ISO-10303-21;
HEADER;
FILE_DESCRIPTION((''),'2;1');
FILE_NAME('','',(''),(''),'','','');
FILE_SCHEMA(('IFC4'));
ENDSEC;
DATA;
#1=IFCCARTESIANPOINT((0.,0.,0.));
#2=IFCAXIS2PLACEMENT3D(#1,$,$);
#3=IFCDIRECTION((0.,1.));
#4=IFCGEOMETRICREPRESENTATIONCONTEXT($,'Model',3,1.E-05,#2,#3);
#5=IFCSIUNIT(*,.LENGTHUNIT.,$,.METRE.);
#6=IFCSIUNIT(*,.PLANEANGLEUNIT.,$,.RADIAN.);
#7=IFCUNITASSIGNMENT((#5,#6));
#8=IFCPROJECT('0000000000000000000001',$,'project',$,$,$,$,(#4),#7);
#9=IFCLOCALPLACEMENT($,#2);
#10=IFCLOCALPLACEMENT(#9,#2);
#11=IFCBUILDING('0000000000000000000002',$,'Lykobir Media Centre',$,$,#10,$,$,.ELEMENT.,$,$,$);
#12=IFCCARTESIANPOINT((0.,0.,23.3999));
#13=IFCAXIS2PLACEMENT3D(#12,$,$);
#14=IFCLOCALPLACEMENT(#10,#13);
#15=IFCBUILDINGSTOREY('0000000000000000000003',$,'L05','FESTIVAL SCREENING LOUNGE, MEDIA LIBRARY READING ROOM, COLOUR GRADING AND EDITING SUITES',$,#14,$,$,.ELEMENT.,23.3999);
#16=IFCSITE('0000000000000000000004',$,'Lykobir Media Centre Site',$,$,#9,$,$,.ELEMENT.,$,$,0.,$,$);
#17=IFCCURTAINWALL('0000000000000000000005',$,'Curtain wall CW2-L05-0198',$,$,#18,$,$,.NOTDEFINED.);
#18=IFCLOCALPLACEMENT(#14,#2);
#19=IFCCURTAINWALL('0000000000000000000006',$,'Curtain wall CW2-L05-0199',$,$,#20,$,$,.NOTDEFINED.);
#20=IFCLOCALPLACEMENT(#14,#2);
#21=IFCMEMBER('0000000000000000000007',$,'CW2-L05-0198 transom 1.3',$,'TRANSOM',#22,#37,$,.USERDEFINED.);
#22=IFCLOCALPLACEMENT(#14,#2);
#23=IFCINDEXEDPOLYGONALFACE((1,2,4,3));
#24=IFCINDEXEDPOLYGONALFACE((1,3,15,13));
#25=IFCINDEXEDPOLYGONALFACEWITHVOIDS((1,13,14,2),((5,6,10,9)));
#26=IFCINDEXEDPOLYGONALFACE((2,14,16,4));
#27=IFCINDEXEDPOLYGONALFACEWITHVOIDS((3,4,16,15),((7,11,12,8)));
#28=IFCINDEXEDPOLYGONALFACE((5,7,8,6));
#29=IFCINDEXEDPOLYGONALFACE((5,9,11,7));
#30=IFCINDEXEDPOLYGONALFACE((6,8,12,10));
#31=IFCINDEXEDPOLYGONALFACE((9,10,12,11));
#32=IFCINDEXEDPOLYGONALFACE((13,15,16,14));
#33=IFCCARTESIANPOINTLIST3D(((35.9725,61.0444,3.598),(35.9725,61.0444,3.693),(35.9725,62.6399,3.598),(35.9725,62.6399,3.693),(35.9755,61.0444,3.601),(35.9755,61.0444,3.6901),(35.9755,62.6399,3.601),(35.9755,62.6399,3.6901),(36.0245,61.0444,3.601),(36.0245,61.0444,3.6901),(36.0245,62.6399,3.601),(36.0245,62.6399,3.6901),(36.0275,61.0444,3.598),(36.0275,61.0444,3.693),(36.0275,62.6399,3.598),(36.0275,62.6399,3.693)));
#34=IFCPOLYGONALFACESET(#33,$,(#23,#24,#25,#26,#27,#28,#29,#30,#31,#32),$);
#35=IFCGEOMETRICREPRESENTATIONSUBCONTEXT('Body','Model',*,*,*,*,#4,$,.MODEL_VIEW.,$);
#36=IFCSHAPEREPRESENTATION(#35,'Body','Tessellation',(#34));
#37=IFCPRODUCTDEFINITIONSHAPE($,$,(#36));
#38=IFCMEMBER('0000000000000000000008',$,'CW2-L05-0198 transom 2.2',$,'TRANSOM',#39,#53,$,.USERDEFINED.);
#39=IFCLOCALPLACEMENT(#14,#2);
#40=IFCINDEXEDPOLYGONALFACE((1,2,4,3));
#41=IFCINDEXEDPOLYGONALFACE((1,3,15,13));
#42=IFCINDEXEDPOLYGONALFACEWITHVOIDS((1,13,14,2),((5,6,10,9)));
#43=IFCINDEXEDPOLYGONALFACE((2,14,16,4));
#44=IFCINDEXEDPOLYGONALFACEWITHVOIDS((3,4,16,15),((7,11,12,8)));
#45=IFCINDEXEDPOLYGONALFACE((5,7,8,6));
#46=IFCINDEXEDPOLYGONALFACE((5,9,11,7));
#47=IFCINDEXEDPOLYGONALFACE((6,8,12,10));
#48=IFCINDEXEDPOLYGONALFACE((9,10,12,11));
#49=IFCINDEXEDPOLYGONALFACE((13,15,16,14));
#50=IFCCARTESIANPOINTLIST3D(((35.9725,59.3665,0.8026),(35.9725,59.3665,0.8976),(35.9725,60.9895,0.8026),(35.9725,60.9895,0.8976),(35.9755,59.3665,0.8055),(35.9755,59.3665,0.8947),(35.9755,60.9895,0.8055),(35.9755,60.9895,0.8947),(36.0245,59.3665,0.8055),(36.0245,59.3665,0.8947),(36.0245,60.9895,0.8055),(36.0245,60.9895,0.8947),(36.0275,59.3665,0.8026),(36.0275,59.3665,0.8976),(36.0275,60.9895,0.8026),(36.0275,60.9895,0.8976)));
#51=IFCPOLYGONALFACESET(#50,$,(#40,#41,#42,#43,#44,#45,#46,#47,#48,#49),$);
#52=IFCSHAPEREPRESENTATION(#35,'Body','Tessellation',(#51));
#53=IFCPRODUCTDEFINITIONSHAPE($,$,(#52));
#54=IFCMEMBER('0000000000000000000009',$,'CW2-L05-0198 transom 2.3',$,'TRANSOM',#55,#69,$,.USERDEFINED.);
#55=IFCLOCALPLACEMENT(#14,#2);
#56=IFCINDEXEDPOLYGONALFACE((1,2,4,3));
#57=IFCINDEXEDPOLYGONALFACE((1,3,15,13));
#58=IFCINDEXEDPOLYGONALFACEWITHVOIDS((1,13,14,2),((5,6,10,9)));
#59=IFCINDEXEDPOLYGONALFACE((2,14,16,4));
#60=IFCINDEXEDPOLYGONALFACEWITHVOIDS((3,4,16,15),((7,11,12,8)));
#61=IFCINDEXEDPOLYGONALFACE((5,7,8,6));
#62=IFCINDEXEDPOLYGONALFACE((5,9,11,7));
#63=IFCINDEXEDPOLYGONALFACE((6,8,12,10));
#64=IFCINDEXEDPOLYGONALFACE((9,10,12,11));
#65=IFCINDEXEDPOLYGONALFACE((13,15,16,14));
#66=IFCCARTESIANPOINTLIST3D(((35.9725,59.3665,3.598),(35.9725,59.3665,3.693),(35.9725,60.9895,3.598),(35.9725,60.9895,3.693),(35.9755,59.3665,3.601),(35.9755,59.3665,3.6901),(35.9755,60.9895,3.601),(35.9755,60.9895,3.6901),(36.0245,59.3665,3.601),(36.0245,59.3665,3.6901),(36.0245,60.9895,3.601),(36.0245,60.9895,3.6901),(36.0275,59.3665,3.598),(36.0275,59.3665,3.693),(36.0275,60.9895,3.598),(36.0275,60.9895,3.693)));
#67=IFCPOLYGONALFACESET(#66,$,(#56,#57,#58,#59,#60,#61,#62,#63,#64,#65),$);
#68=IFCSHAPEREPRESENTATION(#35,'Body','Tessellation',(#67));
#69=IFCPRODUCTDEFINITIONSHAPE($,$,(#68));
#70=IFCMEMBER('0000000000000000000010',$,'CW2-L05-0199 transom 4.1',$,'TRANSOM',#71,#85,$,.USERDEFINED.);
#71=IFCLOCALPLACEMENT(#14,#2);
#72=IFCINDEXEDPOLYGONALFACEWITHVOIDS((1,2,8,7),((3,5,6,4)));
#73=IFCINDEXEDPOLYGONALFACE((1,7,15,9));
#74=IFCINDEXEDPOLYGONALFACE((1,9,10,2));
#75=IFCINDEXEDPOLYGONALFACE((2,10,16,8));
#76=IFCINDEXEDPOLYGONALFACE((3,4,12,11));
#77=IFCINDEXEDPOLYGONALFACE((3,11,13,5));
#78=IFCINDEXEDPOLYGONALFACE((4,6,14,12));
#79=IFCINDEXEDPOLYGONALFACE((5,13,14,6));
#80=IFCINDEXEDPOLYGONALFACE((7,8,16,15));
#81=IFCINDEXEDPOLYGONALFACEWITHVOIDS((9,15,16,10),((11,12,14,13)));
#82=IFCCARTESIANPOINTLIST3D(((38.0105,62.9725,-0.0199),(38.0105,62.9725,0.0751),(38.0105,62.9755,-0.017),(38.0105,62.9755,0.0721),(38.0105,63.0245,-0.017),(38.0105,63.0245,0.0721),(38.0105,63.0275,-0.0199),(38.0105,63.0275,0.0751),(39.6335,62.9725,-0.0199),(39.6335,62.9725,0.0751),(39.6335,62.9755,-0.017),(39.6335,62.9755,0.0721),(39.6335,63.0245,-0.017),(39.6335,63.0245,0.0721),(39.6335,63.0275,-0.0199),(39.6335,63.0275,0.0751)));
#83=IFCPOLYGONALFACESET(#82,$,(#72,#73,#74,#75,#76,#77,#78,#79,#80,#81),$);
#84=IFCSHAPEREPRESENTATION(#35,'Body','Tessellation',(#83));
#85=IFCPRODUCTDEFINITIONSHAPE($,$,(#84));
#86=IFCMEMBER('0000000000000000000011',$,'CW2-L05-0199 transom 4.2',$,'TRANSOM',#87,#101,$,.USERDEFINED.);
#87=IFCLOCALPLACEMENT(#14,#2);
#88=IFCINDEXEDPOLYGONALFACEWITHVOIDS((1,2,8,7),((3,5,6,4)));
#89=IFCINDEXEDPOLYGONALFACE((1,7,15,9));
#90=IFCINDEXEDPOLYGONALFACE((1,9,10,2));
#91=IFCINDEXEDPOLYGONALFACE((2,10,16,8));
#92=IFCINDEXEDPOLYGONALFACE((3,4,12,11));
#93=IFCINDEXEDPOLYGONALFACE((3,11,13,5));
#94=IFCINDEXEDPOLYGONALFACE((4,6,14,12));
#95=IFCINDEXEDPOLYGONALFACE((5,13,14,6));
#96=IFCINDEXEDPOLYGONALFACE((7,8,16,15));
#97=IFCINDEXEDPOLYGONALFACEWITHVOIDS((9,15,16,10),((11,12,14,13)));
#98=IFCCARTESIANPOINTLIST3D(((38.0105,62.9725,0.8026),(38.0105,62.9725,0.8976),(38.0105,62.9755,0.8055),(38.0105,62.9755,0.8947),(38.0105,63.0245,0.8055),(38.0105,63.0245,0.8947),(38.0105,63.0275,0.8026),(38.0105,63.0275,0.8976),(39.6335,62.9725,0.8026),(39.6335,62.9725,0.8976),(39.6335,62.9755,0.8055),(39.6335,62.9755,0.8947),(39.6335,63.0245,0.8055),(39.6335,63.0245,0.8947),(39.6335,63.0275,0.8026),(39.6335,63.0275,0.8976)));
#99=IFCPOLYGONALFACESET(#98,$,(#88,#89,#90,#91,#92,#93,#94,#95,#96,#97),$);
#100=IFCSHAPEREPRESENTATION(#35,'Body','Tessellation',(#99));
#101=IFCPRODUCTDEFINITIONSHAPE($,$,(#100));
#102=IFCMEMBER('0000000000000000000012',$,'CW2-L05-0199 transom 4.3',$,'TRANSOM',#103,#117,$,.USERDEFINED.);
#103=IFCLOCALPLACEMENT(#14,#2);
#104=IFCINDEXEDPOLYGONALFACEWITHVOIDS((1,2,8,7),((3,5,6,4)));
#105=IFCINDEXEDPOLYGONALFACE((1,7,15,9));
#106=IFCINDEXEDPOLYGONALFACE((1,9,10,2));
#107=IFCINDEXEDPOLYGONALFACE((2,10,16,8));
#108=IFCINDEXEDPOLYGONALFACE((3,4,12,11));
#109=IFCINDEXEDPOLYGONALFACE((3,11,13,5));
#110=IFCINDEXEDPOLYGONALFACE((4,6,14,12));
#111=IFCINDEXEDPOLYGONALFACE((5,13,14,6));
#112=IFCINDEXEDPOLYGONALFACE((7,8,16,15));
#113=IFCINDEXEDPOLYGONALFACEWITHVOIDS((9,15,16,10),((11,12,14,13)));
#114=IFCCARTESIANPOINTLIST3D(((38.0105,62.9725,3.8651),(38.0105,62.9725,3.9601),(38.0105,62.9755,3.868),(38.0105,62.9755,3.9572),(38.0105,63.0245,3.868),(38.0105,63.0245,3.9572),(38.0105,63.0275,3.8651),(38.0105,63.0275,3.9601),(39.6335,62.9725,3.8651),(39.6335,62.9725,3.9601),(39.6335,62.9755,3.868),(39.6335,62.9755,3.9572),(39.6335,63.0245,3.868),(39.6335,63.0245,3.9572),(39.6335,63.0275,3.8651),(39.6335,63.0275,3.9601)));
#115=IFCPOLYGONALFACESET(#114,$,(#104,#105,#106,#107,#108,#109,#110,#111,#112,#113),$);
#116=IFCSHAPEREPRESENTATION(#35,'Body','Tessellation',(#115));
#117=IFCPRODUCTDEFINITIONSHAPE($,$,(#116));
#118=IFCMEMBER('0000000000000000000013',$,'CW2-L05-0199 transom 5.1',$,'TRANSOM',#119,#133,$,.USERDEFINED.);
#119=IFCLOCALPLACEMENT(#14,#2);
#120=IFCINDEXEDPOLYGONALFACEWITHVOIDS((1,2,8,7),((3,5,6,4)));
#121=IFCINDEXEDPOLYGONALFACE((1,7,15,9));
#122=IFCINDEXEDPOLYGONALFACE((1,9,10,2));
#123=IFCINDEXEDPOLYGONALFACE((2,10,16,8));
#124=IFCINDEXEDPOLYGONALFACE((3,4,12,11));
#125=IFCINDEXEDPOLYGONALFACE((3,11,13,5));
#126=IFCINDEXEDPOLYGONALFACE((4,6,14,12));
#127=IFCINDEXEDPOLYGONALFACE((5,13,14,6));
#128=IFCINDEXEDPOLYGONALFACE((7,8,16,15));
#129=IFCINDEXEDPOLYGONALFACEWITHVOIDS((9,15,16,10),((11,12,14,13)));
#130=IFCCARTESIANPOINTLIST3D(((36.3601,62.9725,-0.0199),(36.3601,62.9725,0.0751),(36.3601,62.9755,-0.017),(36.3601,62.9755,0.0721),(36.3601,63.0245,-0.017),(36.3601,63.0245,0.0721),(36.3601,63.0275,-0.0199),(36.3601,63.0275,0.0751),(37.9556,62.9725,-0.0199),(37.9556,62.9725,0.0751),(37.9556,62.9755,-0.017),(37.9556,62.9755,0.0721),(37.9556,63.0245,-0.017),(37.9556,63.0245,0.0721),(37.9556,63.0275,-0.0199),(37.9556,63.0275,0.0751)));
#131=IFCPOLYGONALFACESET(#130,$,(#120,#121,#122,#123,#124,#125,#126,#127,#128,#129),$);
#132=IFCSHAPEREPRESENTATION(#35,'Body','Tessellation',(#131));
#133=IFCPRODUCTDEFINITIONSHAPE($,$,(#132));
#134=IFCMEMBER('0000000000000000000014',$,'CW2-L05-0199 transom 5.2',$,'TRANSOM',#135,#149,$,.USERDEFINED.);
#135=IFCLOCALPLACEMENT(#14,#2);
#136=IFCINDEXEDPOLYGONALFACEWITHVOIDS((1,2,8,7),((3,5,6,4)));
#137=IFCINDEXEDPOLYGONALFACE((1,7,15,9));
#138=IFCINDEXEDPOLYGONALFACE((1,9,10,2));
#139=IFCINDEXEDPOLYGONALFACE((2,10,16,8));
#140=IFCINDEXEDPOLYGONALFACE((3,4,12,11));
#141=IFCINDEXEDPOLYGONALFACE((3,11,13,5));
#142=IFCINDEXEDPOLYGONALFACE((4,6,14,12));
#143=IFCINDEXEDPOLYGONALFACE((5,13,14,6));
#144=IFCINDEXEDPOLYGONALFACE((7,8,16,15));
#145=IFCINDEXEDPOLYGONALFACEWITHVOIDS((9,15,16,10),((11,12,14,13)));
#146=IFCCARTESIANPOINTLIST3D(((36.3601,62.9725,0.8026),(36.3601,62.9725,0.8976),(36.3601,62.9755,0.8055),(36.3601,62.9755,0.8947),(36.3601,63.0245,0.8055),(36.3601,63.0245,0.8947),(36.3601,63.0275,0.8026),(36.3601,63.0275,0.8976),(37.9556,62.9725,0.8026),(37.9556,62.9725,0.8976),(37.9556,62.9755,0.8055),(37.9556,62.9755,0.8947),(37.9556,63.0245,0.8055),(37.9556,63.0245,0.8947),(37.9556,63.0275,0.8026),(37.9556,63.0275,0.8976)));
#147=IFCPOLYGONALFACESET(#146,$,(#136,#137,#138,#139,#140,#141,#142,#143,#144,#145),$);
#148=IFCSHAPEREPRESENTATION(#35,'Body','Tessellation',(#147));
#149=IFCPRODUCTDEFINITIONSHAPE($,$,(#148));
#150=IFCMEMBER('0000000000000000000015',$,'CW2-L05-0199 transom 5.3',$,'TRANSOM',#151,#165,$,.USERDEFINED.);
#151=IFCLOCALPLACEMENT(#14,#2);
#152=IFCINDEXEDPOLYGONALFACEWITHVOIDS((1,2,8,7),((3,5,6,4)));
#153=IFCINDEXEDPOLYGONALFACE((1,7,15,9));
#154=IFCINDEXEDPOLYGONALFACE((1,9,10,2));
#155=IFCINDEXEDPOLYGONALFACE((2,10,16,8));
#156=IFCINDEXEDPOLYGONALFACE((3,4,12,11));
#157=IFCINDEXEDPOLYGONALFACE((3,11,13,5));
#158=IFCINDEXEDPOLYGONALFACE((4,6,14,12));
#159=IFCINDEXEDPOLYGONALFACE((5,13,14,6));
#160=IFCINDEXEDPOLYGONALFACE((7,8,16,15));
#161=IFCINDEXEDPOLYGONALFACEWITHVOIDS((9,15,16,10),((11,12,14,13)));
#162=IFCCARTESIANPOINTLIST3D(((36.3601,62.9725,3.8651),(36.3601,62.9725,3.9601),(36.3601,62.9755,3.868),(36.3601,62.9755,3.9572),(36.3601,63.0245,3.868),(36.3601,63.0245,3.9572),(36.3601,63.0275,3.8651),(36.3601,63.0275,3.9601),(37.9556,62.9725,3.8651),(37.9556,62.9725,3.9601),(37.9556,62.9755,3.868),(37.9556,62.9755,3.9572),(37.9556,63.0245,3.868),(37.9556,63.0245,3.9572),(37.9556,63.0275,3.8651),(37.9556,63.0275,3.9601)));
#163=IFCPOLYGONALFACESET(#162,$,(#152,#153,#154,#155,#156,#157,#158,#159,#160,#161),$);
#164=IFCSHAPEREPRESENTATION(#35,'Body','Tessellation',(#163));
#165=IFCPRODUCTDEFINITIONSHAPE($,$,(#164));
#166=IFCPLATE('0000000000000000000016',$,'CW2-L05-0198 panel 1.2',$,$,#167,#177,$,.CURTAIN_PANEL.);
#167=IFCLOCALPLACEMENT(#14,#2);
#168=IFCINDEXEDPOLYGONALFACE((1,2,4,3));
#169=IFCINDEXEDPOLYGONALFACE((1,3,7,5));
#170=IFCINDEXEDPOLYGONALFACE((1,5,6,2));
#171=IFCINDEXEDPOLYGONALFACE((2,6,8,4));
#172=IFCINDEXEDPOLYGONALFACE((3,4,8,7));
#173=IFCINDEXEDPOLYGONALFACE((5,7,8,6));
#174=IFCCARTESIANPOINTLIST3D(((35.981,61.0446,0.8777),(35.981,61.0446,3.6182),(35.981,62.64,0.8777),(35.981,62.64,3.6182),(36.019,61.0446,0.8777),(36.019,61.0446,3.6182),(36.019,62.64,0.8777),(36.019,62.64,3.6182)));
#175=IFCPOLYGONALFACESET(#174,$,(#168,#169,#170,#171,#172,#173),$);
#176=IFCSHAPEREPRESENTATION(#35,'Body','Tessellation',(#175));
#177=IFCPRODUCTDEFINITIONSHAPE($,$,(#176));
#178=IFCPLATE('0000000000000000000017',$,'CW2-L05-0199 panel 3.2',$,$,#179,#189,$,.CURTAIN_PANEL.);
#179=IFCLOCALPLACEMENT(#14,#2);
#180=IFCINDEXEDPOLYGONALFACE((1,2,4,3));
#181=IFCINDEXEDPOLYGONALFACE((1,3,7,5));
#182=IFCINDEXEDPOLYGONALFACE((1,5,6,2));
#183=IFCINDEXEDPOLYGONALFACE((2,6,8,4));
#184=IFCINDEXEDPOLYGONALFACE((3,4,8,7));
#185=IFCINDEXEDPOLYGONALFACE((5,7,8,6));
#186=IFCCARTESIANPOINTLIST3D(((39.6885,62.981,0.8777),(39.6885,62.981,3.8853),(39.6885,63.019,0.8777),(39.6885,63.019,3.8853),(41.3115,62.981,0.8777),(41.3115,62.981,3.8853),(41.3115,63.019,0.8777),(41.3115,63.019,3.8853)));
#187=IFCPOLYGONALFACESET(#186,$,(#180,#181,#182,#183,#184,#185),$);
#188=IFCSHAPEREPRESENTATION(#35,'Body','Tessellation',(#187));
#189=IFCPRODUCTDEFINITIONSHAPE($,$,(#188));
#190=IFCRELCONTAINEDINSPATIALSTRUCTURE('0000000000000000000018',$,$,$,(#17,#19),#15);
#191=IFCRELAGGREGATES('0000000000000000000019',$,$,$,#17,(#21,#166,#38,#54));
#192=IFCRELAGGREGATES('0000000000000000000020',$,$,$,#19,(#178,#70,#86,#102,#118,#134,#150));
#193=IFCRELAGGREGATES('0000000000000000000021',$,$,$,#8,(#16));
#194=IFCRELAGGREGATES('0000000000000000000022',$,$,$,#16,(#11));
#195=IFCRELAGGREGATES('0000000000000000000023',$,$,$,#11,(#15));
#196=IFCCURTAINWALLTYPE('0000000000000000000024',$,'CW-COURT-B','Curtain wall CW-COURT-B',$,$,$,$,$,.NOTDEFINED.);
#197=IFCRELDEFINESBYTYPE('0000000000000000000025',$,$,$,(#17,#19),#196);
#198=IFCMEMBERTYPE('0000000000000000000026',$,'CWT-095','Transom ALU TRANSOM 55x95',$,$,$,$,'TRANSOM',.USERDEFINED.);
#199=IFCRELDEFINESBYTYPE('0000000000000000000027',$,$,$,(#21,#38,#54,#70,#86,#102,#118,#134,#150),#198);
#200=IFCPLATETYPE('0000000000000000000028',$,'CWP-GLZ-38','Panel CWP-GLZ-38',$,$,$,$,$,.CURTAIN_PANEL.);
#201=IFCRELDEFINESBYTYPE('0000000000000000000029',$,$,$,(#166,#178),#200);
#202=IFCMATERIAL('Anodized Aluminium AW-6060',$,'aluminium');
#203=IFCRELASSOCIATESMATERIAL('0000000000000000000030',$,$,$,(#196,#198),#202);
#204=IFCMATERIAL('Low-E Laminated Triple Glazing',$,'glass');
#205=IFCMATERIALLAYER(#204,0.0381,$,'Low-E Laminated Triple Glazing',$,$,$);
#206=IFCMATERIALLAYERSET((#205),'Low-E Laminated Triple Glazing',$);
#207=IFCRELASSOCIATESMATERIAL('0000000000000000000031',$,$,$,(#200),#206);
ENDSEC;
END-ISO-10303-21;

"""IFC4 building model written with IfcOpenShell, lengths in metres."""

from ifc_helpers import new_model, si_unit, direction, frame, origin, origin_2d, place, context, subcontext, project, spatial, rectangle, hollow_rectangle, extrude, material, layer, layer_set, material_profile, profile_set, type_object, element, aggregate, save


model = new_model("IFC4")

# Units and contexts
model_context = context("Model", 3, precision=1e-05, world=origin(), true_north=direction((0.0, 1.0)))
body_context = subcontext(model_context, "Body", "Model", "MODEL_VIEW")
ifc_project = project(units=[si_unit("LENGTHUNIT", "METRE"), si_unit("PLANEANGLEUNIT", "RADIAN")], contexts=[model_context])

# Site, building, storey
site_placement = place(None, origin())
site = spatial("IfcSite", under=ifc_project, at=site_placement, Name="Lykobir Media Centre Site", CompositionType="ELEMENT", RefElevation=0.0)
building_placement = place(site_placement, origin())
building = spatial("IfcBuilding", under=site, at=building_placement, Name="Lykobir Media Centre", CompositionType="ELEMENT")
storey_placement = place(building_placement, frame((0.0, 0.0, 23.3999)))
storey = spatial("IfcBuildingStorey", under=building, at=storey_placement, Name="L05", Description="FESTIVAL SCREENING LOUNGE, MEDIA LIBRARY READING ROOM, COLOUR GRADING AND EDITING SUITES", CompositionType="ELEMENT", Elevation=23.3999)

# Curtain walls
ifc_material_1 = material(Name="Anodized Aluminium AW-6060", Category="aluminium")
curtain_wall_type = type_object("IfcCurtainWallType", Name="CW-COURT-B", Description="Curtain wall CW-COURT-B", PredefinedType="NOTDEFINED", material=ifc_material_1)
curtain_wall_1_placement = place(storey_placement, origin())
curtain_wall_1 = element("IfcCurtainWall", 1, at=curtain_wall_1_placement, inside=storey, type_object=curtain_wall_type, Name="Curtain wall CW2-L05-0198", PredefinedType="NOTDEFINED")
curtain_wall_2_placement = place(storey_placement, origin())
curtain_wall_2 = element("IfcCurtainWall", 2, at=curtain_wall_2_placement, inside=storey, type_object=curtain_wall_type, Name="Curtain wall CW2-L05-0199", PredefinedType="NOTDEFINED")

# Members
ifc_material_profile_1 = material_profile(ifc_material_1, hollow_rectangle(XDim=0.0549, YDim=0.095, WallThickness=0.0029, at=origin_2d()), Name="ALU TRANSOM 55x95")
ifc_profile_set_1 = profile_set([ifc_material_profile_1], Name="Anodized Aluminium AW-6060")
member_type_1 = type_object("IfcMemberType", Name="CWT-095", Description="Transom ALU TRANSOM 55x95", ElementType="TRANSOM", PredefinedType="USERDEFINED", material=ifc_profile_set_1)
member_1_placement = place(storey_placement, frame((36.0, 62.6399, 3.6455), z_axis=(0.0, -1.0, 0.0), x_axis=(1.0, 0.0, 0.0)))
member_1 = element("IfcMember", 3, at=member_1_placement, type_object=member_type_1, Name="CW2-L05-0198 transom 1.3", ObjectType="TRANSOM", PredefinedType="USERDEFINED", context=body_context, shape_type="SweptSolid", body=[
    extrude(hollow_rectangle(XDim=0.0549, YDim=0.095, WallThickness=0.0029, at=origin_2d()), origin(), (0.0, 0.0, 1.0), 1.5955),
])
member_2_placement = place(storey_placement, frame((36.0, 60.9895, 0.8501), z_axis=(0.0, -1.0, 0.0), x_axis=(1.0, 0.0, 0.0)))
member_2 = element("IfcMember", 4, at=member_2_placement, type_object=member_type_1, Name="CW2-L05-0198 transom 2.2", ObjectType="TRANSOM", PredefinedType="USERDEFINED", context=body_context, shape_type="SweptSolid", body=[
    extrude(hollow_rectangle(XDim=0.0549, YDim=0.095, WallThickness=0.0029, at=origin_2d()), origin(), (0.0, 0.0, 1.0), 1.623),
])
member_3_placement = place(storey_placement, frame((36.0, 60.9895, 3.6455), z_axis=(0.0, -1.0, 0.0), x_axis=(1.0, 0.0, 0.0)))
member_3 = element("IfcMember", 5, at=member_3_placement, type_object=member_type_1, Name="CW2-L05-0198 transom 2.3", ObjectType="TRANSOM", PredefinedType="USERDEFINED", context=body_context, shape_type="SweptSolid", body=[
    extrude(hollow_rectangle(XDim=0.0549, YDim=0.095, WallThickness=0.0029, at=origin_2d()), origin(), (0.0, 0.0, 1.0), 1.623),
])
member_4_placement = place(storey_placement, frame((39.6335, 63.0, 0.0276), z_axis=(-1.0, 0.0, 0.0), x_axis=(0.0, -1.0, 0.0)))
member_4 = element("IfcMember", 6, at=member_4_placement, type_object=member_type_1, Name="CW2-L05-0199 transom 4.1", ObjectType="TRANSOM", PredefinedType="USERDEFINED", context=body_context, shape_type="SweptSolid", body=[
    extrude(hollow_rectangle(XDim=0.0549, YDim=0.095, WallThickness=0.0029, at=origin_2d()), origin(), (0.0, 0.0, 1.0), 1.623),
])
member_5_placement = place(storey_placement, frame((39.6335, 63.0, 0.8501), z_axis=(-1.0, 0.0, 0.0), x_axis=(0.0, -1.0, 0.0)))
member_5 = element("IfcMember", 7, at=member_5_placement, type_object=member_type_1, Name="CW2-L05-0199 transom 4.2", ObjectType="TRANSOM", PredefinedType="USERDEFINED", context=body_context, shape_type="SweptSolid", body=[
    extrude(hollow_rectangle(XDim=0.0549, YDim=0.095, WallThickness=0.0029, at=origin_2d()), origin(), (0.0, 0.0, 1.0), 1.623),
])
member_6_placement = place(storey_placement, frame((39.6335, 63.0, 3.9126), z_axis=(-1.0, 0.0, 0.0), x_axis=(0.0, -1.0, 0.0)))
member_6 = element("IfcMember", 8, at=member_6_placement, type_object=member_type_1, Name="CW2-L05-0199 transom 4.3", ObjectType="TRANSOM", PredefinedType="USERDEFINED", context=body_context, shape_type="SweptSolid", body=[
    extrude(hollow_rectangle(XDim=0.0549, YDim=0.095, WallThickness=0.0029, at=origin_2d()), origin(), (0.0, 0.0, 1.0), 1.623),
])
member_7_placement = place(storey_placement, frame((37.9556, 63.0, 0.0276), z_axis=(-1.0, 0.0, 0.0), x_axis=(0.0, -1.0, 0.0)))
member_7 = element("IfcMember", 9, at=member_7_placement, type_object=member_type_1, Name="CW2-L05-0199 transom 5.1", ObjectType="TRANSOM", PredefinedType="USERDEFINED", context=body_context, shape_type="SweptSolid", body=[
    extrude(hollow_rectangle(XDim=0.0549, YDim=0.095, WallThickness=0.0029, at=origin_2d()), origin(), (0.0, 0.0, 1.0), 1.5955),
])
member_8_placement = place(storey_placement, frame((37.9556, 63.0, 0.8501), z_axis=(-1.0, 0.0, 0.0), x_axis=(0.0, -1.0, 0.0)))
member_8 = element("IfcMember", 10, at=member_8_placement, type_object=member_type_1, Name="CW2-L05-0199 transom 5.2", ObjectType="TRANSOM", PredefinedType="USERDEFINED", context=body_context, shape_type="SweptSolid", body=[
    extrude(hollow_rectangle(XDim=0.0549, YDim=0.095, WallThickness=0.0029, at=origin_2d()), origin(), (0.0, 0.0, 1.0), 1.5955),
])
member_9_placement = place(storey_placement, frame((37.9556, 63.0, 3.9126), z_axis=(-1.0, 0.0, 0.0), x_axis=(0.0, -1.0, 0.0)))
member_9 = element("IfcMember", 11, at=member_9_placement, type_object=member_type_1, Name="CW2-L05-0199 transom 5.3", ObjectType="TRANSOM", PredefinedType="USERDEFINED", context=body_context, shape_type="SweptSolid", body=[
    extrude(hollow_rectangle(XDim=0.0549, YDim=0.095, WallThickness=0.0029, at=origin_2d()), origin(), (0.0, 0.0, 1.0), 1.5955),
])

# Plates
ifc_material_2 = material(Name="Low-E Laminated Triple Glazing", Category="glass")
ifc_layer_1 = layer(ifc_material_2, 0.0381, Name="Low-E Laminated Triple Glazing")
ifc_layer_set_1 = layer_set([ifc_layer_1], Name="Low-E Laminated Triple Glazing")
plate_type_1 = type_object("IfcPlateType", Name="CWP-GLZ-38", Description="Panel CWP-GLZ-38", PredefinedType="CURTAIN_PANEL", material=ifc_layer_set_1)
plate_1_placement = place(storey_placement, frame((36.0, 61.8423, 0.8777), z_axis=(0.0, 0.0, 1.0), x_axis=(0.0, -1.0, 0.0)))
plate_1 = element("IfcPlate", 12, at=plate_1_placement, type_object=plate_type_1, Name="CW2-L05-0198 panel 1.2", PredefinedType="CURTAIN_PANEL", context=body_context, shape_type="SweptSolid", body=[
    extrude(rectangle(XDim=1.5955, YDim=0.0381, at=origin_2d()), origin(), (0.0, 0.0, 1.0), 2.7405),
])
plate_2_placement = place(storey_placement, frame((40.5, 63.0, 0.8777), z_axis=(0.0, 0.0, 1.0), x_axis=(-1.0, 0.0, 0.0)))
plate_2 = element("IfcPlate", 13, at=plate_2_placement, type_object=plate_type_1, Name="CW2-L05-0199 panel 3.2", PredefinedType="CURTAIN_PANEL", context=body_context, shape_type="SweptSolid", body=[
    extrude(rectangle(XDim=1.623, YDim=0.0381, at=origin_2d()), origin(), (0.0, 0.0, 1.0), 3.0076),
])
aggregate(curtain_wall_1, [member_1, plate_1, member_2, member_3])
aggregate(curtain_wall_2, [plate_2, member_4, member_5, member_6, member_7, member_8, member_9])

save(model, "model.ifc")
